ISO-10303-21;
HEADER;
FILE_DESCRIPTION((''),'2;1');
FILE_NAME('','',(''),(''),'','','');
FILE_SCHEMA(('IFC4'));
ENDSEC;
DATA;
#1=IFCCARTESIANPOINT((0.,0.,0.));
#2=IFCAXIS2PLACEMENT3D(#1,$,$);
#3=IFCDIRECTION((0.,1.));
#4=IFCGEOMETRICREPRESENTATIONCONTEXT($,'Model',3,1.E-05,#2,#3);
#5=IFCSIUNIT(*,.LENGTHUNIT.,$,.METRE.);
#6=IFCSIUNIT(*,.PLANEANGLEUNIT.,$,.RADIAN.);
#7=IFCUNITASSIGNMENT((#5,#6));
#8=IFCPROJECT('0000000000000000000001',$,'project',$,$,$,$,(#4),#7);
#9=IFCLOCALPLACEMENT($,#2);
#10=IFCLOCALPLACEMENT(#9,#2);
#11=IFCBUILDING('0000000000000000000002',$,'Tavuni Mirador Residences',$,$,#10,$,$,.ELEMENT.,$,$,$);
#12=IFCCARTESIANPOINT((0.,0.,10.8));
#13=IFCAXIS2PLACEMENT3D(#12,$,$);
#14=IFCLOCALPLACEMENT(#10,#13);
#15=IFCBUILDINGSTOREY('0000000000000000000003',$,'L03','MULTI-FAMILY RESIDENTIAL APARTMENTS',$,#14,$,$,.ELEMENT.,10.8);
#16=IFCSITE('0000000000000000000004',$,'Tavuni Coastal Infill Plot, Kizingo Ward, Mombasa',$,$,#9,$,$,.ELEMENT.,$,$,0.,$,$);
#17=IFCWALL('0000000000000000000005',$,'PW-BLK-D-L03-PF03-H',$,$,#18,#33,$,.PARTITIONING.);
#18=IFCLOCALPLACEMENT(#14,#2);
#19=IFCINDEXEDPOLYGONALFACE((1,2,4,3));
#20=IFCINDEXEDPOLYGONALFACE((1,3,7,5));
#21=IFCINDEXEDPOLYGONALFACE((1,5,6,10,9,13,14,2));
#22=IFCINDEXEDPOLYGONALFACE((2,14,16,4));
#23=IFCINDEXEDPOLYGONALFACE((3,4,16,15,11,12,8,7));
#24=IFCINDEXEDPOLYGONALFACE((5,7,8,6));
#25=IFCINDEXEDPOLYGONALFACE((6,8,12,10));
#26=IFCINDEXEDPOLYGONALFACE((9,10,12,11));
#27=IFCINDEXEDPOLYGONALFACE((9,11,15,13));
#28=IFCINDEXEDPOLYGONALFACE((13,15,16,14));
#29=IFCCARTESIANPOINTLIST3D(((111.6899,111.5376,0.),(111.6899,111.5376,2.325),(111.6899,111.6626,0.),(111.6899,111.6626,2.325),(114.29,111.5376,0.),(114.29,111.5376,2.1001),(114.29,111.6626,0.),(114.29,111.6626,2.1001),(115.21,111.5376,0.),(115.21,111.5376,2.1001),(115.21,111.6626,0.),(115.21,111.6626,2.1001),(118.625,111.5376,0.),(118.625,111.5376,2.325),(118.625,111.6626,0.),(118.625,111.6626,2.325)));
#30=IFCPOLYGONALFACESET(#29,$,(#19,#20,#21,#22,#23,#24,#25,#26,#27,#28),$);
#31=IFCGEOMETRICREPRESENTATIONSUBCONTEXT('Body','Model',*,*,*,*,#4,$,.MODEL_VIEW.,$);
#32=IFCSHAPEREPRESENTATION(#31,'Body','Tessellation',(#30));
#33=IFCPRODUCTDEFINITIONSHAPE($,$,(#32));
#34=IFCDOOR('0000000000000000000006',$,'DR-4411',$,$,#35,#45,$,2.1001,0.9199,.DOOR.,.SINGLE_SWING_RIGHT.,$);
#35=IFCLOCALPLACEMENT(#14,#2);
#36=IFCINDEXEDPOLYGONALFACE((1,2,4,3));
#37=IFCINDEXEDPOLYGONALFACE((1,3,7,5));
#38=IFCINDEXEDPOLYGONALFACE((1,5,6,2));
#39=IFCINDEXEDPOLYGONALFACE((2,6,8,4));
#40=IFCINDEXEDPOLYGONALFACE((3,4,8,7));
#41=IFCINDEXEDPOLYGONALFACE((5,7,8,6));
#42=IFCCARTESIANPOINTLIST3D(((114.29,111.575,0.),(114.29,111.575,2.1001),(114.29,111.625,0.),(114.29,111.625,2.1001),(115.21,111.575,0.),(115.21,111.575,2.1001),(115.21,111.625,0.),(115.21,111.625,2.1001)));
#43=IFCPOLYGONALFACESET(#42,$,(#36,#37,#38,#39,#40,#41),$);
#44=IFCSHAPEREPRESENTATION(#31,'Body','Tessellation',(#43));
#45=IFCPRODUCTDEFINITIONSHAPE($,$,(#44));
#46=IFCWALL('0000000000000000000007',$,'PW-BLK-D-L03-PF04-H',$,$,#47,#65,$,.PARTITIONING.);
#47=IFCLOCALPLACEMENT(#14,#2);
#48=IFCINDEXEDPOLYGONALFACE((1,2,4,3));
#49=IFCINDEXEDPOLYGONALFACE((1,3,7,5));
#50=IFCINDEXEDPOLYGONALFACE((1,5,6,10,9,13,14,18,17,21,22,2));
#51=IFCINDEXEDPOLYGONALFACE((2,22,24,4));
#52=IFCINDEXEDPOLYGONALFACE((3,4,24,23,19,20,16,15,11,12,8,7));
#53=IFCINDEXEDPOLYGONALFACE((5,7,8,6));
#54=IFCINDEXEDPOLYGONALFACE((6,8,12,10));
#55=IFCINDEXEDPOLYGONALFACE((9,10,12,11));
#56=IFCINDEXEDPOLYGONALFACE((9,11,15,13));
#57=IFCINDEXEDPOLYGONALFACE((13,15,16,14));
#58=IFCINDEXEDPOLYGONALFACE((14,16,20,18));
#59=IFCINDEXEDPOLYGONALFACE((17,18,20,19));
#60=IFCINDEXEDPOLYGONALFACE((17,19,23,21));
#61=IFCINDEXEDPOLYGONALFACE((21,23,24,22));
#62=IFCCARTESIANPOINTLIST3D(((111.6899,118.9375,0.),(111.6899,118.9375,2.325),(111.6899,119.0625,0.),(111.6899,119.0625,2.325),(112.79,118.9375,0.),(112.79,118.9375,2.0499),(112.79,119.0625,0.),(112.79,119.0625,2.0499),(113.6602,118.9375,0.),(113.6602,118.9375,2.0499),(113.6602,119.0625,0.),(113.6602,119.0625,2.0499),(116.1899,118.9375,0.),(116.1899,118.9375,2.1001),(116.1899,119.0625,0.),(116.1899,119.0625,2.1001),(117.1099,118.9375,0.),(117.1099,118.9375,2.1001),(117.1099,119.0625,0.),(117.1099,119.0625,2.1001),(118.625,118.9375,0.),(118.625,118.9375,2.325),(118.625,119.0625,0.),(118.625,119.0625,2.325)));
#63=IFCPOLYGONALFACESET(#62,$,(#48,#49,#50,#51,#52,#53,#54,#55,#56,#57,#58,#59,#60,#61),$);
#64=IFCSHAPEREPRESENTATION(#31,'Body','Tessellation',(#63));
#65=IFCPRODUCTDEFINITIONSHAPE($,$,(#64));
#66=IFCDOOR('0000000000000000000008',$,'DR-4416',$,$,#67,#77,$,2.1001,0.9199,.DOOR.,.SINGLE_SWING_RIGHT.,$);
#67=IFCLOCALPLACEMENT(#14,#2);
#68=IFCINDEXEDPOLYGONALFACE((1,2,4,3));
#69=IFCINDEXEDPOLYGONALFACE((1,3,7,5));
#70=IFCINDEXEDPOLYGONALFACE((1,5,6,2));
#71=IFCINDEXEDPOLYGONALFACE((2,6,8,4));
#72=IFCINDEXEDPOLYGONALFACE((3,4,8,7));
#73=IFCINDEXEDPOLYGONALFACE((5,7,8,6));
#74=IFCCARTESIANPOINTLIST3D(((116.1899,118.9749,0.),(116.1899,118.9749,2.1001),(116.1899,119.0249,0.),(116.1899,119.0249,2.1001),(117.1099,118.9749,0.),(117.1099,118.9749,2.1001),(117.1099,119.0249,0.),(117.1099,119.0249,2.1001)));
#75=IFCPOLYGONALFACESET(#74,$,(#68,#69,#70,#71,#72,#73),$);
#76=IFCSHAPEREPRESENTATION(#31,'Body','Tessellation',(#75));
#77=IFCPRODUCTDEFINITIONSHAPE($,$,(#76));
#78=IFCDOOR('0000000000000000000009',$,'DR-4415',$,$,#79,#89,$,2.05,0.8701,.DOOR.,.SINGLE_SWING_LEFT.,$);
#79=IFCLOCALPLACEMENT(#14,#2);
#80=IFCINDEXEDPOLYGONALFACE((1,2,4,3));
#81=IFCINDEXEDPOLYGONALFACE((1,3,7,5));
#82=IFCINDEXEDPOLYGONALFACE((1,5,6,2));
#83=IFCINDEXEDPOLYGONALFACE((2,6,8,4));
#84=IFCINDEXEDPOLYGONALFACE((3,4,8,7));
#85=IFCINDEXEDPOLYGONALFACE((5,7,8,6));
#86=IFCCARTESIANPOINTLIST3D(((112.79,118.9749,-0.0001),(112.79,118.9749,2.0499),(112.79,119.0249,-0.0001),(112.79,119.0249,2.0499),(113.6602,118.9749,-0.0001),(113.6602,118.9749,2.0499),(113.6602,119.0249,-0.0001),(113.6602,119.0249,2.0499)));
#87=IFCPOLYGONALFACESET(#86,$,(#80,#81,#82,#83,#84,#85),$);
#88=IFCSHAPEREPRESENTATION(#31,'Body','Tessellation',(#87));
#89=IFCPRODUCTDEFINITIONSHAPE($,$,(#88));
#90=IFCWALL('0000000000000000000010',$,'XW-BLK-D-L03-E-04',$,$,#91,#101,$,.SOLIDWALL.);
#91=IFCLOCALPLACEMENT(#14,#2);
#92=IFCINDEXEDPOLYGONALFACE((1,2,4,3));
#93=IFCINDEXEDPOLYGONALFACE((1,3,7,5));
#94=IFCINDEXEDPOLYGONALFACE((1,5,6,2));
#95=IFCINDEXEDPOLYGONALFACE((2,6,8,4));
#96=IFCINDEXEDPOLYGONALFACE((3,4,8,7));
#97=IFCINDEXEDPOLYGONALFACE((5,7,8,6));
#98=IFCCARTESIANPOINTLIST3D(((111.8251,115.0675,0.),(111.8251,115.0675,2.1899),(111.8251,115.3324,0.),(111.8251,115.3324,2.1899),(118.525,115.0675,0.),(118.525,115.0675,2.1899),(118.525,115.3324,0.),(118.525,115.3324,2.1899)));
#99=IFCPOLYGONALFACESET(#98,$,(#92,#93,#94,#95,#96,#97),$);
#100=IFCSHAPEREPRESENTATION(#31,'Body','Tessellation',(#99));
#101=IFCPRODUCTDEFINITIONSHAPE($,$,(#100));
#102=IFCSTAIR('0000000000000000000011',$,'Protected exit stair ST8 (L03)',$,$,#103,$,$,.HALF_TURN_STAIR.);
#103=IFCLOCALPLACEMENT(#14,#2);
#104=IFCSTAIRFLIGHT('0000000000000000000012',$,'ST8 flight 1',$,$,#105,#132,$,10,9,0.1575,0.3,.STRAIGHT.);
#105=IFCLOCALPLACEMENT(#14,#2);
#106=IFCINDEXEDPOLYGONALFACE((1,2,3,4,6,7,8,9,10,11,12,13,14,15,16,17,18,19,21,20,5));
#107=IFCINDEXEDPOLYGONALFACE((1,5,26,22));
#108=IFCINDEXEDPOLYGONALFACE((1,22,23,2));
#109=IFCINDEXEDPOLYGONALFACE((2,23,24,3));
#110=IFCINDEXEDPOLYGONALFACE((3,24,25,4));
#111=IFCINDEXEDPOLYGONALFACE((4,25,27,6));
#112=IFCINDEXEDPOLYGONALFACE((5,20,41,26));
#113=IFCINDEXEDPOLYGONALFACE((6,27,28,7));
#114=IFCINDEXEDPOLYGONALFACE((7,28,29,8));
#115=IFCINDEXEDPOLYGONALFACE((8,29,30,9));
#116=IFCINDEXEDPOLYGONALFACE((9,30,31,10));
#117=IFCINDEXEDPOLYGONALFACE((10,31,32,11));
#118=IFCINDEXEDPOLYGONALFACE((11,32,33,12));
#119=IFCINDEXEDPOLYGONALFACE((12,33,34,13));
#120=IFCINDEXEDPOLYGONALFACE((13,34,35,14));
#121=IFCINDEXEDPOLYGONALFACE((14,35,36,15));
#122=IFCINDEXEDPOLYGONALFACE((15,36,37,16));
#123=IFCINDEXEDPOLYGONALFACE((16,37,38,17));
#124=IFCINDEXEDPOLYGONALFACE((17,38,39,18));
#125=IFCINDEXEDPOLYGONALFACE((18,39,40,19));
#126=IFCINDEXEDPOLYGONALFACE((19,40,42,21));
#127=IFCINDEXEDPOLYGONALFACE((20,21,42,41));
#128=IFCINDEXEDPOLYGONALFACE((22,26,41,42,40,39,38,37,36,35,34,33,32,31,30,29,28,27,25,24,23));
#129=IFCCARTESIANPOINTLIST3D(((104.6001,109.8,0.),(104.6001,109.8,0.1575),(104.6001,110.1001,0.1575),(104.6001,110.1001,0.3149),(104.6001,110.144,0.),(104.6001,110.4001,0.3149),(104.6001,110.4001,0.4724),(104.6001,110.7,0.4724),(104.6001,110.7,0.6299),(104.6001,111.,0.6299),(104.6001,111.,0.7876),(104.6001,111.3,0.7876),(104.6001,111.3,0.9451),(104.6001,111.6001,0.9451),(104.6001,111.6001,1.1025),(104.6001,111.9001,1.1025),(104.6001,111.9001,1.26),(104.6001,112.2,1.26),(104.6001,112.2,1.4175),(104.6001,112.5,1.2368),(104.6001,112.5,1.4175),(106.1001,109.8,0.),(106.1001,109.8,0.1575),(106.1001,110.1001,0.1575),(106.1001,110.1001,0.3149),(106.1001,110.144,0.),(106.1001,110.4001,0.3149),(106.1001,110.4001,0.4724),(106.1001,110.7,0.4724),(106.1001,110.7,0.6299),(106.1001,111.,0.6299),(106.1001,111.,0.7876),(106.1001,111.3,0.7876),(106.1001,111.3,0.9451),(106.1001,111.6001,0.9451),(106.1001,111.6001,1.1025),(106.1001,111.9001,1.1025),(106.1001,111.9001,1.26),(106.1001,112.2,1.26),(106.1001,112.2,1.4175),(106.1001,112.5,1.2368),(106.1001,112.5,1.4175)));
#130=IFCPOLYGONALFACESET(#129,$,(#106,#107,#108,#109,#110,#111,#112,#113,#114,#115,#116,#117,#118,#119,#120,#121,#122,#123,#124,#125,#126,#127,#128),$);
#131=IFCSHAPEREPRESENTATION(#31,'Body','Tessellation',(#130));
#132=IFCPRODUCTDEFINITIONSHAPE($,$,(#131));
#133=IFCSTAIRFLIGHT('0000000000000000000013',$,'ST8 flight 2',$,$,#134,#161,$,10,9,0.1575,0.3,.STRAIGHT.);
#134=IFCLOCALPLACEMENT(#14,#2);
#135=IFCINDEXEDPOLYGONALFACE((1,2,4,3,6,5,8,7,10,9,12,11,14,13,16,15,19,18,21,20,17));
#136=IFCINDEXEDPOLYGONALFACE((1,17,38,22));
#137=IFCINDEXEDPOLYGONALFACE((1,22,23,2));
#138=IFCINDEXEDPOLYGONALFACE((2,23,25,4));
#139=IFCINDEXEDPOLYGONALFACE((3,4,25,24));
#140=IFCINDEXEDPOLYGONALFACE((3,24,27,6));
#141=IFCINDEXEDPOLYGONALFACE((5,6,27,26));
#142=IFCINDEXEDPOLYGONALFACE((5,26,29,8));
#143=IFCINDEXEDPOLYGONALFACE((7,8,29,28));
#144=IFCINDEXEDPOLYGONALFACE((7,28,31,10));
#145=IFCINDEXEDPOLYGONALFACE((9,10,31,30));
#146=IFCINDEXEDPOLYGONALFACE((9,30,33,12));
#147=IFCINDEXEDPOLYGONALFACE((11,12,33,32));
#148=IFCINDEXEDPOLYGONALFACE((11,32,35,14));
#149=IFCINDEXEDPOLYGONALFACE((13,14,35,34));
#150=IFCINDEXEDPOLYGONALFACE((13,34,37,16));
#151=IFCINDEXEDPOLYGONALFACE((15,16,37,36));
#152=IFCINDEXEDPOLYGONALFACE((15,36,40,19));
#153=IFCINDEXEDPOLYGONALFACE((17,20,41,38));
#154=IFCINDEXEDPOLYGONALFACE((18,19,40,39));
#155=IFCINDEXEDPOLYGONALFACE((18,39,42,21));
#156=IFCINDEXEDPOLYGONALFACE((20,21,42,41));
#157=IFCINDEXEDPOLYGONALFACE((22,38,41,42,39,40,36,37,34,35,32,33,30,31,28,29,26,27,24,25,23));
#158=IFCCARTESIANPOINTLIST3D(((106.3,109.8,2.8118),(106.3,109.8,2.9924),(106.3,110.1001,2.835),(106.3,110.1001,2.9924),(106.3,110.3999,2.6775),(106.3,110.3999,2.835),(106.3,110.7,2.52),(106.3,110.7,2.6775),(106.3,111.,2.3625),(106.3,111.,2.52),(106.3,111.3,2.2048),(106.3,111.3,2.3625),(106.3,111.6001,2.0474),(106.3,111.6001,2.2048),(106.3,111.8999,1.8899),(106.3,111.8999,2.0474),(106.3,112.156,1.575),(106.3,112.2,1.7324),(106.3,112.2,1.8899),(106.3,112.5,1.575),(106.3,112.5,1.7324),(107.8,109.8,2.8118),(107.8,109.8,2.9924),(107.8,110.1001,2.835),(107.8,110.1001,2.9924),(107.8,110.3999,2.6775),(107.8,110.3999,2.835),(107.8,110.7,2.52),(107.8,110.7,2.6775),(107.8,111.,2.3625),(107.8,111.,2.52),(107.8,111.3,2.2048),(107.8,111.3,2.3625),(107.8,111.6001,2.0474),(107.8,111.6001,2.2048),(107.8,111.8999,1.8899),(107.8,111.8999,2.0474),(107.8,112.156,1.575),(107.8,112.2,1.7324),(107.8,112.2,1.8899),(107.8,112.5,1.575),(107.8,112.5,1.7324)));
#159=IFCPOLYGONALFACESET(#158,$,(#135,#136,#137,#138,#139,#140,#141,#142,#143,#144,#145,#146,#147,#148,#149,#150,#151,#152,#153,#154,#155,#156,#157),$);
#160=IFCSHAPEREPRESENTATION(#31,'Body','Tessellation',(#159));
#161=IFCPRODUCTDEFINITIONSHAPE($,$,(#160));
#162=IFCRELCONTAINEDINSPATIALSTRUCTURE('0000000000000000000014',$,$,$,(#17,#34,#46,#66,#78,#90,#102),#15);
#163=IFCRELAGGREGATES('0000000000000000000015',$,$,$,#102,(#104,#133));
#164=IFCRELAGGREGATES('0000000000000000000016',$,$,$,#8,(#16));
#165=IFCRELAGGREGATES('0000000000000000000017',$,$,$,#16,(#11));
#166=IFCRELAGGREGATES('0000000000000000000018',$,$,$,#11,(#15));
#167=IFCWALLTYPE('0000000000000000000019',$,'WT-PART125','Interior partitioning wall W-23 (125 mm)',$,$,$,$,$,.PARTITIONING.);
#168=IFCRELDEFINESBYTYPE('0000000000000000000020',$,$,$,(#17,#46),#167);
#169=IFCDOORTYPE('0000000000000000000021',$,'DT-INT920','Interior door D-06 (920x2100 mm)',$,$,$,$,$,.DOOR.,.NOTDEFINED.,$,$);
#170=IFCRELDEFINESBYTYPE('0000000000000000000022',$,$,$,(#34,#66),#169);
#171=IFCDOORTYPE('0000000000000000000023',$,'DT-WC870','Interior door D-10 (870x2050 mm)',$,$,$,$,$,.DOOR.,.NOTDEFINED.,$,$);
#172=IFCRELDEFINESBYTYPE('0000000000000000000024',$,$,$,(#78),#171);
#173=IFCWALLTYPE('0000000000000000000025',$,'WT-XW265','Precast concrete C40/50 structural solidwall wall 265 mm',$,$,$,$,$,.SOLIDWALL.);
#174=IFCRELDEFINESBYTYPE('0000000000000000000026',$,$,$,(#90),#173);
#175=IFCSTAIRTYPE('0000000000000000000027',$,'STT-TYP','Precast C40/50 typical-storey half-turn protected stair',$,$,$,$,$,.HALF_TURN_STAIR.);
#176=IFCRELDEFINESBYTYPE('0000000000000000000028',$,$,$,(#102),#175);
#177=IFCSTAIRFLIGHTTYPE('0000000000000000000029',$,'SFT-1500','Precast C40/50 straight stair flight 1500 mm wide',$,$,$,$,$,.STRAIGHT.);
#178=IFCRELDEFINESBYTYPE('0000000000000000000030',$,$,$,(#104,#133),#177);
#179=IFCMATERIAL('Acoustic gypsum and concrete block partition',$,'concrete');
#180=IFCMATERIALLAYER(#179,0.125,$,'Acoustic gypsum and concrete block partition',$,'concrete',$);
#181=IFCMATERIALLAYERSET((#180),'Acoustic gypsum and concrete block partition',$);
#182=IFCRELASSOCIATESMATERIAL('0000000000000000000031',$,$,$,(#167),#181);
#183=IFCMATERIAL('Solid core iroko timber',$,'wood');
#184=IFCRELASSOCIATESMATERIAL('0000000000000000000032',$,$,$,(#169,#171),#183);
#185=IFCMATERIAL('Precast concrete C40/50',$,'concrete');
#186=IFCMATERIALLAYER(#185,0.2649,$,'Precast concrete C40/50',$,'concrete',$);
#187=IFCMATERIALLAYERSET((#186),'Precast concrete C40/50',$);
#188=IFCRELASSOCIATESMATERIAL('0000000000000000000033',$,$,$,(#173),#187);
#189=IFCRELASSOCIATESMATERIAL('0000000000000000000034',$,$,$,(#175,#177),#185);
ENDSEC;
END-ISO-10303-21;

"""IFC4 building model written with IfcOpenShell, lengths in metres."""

from ifc_helpers import new_model, si_unit, direction, frame, frame_2d, origin, place, context, subcontext, project, spatial, polyline, rectangle, outline, extrude, material, layer, layer_set, type_object, element, fill, aggregate, save


model = new_model("IFC4")

# Units and contexts
model_context = context("Model", 3, precision=1e-05, world=origin(), true_north=direction((0.0, 1.0)))
body_context = subcontext(model_context, "Body", "Model", "MODEL_VIEW")
ifc_project = project(units=[si_unit("LENGTHUNIT", "METRE"), si_unit("PLANEANGLEUNIT", "RADIAN")], contexts=[model_context])

# Site, building, storey
site_placement = place(None, origin())
site = spatial("IfcSite", under=ifc_project, at=site_placement, Name="Tavuni Coastal Infill Plot, Kizingo Ward, Mombasa", CompositionType="ELEMENT", RefElevation=0.0)
building_placement = place(site_placement, origin())
building = spatial("IfcBuilding", under=site, at=building_placement, Name="Tavuni Mirador Residences", CompositionType="ELEMENT")
storey_placement = place(building_placement, frame((0.0, 0.0, 10.8)))
storey = spatial("IfcBuildingStorey", under=building, at=storey_placement, Name="L03", Description="MULTI-FAMILY RESIDENTIAL APARTMENTS", CompositionType="ELEMENT", Elevation=10.8)

# Shared definitions
ifc_material_1 = material(Name="Precast concrete C40/50", Category="concrete")

# Shared definitions
ifc_material_2 = material(Name="Solid core iroko timber", Category="wood")

# Shared definitions
ifc_material_3 = material(Name="Acoustic gypsum and concrete block partition", Category="concrete")

# Wall, opening, door
ifc_layer_1 = layer(ifc_material_3, 0.125, Name="Acoustic gypsum and concrete block partition", Category="concrete")
ifc_layer_set_1 = layer_set([ifc_layer_1], Name="Acoustic gypsum and concrete block partition")
wall_type_1 = type_object("IfcWallType", Name="WT-PART125", Description="Interior partitioning wall W-23 (125 mm)", PredefinedType="PARTITIONING", material=ifc_layer_set_1)
wall_1_placement = place(storey_placement, frame((111.6899, 111.6001, 0.0), z_axis=(0.0, 0.0, 1.0), x_axis=(1.0, 0.0, 0.0)))
wall_1 = element("IfcWall", 1, at=wall_1_placement, inside=storey, type_object=wall_type_1, Name="PW-BLK-D-L03-PF03-H", PredefinedType="PARTITIONING", context=body_context, shape_type="SweptSolid", body=[
    extrude(rectangle(XDim=6.9351, YDim=0.125, at=frame_2d((3.4675, 0.0))), origin(), (0.0, 0.0, 1.0), 2.325),
])
opening_1_placement = place(wall_1_placement, frame((2.6001, 0.0, 0.0)))
opening_1 = element("IfcOpeningElement", 2, at=opening_1_placement, cuts=wall_1, PredefinedType="OPENING", context=body_context, shape_type="SweptSolid", body=[
    extrude(rectangle(XDim=0.9199, YDim=2.1001, at=frame_2d((0.46, 1.05))), frame((0.0, 0.0725, 0.0), z_axis=(0.0, -1.0, 0.0), x_axis=(1.0, 0.0, 0.0)), (0.0, 0.0, 1.0), 0.145),
])
door_type_1 = type_object("IfcDoorType", Name="DT-INT920", Description="Interior door D-06 (920x2100 mm)", OperationType="NOTDEFINED", PredefinedType="DOOR", material=ifc_material_2)
door_1_placement = place(opening_1_placement, origin())
door_1 = element("IfcDoor", 3, at=door_1_placement, inside=storey, type_object=door_type_1, Name="DR-4411", OperationType="SINGLE_SWING_RIGHT", OverallHeight=2.1001, OverallWidth=0.9199, PredefinedType="DOOR", context=body_context, shape_type="SweptSolid", body=[
    extrude(rectangle(XDim=0.9199, YDim=2.1001, at=frame_2d((0.46, 1.05))), frame((0.0, 0.0249, 0.0), z_axis=(0.0, -1.0, 0.0), x_axis=(1.0, 0.0, 0.0)), (0.0, 0.0, 1.0), 0.05),
])
fill(opening_1, door_1)

# Wall, openings, doors
wall_2_placement = place(storey_placement, frame((111.6899, 119.0, 0.0), z_axis=(0.0, 0.0, 1.0), x_axis=(1.0, 0.0, 0.0)))
wall_2 = element("IfcWall", 4, at=wall_2_placement, inside=storey, type_object=wall_type_1, Name="PW-BLK-D-L03-PF04-H", PredefinedType="PARTITIONING", context=body_context, shape_type="SweptSolid", body=[
    extrude(rectangle(XDim=6.9351, YDim=0.125, at=frame_2d((3.4675, 0.0))), origin(), (0.0, 0.0, 1.0), 2.325),
])
opening_2_placement = place(wall_2_placement, frame((1.1001, 0.0, 0.0)))
opening_2 = element("IfcOpeningElement", 5, at=opening_2_placement, cuts=wall_2, PredefinedType="OPENING", context=body_context, shape_type="SweptSolid", body=[
    extrude(rectangle(XDim=0.8701, YDim=2.05, at=frame_2d((0.4351, 1.0249))), frame((0.0, 0.0725, 0.0), z_axis=(0.0, -1.0, 0.0), x_axis=(1.0, 0.0, 0.0)), (0.0, 0.0, 1.0), 0.145),
])
opening_3_placement = place(wall_2_placement, frame((4.5, 0.0, 0.0)))
opening_3 = element("IfcOpeningElement", 6, at=opening_3_placement, cuts=wall_2, PredefinedType="OPENING", context=body_context, shape_type="SweptSolid", body=[
    extrude(rectangle(XDim=0.9199, YDim=2.1001, at=frame_2d((0.46, 1.05))), frame((0.0, 0.0725, 0.0), z_axis=(0.0, -1.0, 0.0), x_axis=(1.0, 0.0, 0.0)), (0.0, 0.0, 1.0), 0.145),
])
door_2_placement = place(opening_3_placement, origin())
door_2 = element("IfcDoor", 7, at=door_2_placement, inside=storey, type_object=door_type_1, Name="DR-4416", OperationType="SINGLE_SWING_RIGHT", OverallHeight=2.1001, OverallWidth=0.9199, PredefinedType="DOOR", context=body_context, shape_type="SweptSolid", body=[
    extrude(rectangle(XDim=0.9199, YDim=2.1001, at=frame_2d((0.46, 1.05))), frame((0.0, 0.0249, 0.0), z_axis=(0.0, -1.0, 0.0), x_axis=(1.0, 0.0, 0.0)), (0.0, 0.0, 1.0), 0.05),
])
fill(opening_3, door_2)
door_type_2 = type_object("IfcDoorType", Name="DT-WC870", Description="Interior door D-10 (870x2050 mm)", OperationType="NOTDEFINED", PredefinedType="DOOR", material=ifc_material_2)
door_3_placement = place(opening_2_placement, origin())
door_3 = element("IfcDoor", 8, at=door_3_placement, inside=storey, type_object=door_type_2, Name="DR-4415", OperationType="SINGLE_SWING_LEFT", OverallHeight=2.05, OverallWidth=0.8701, PredefinedType="DOOR", context=body_context, shape_type="SweptSolid", body=[
    extrude(rectangle(XDim=0.8701, YDim=2.05, at=frame_2d((0.4351, 1.0249))), frame((0.0, 0.0249, 0.0), z_axis=(0.0, -1.0, 0.0), x_axis=(1.0, 0.0, 0.0)), (0.0, 0.0, 1.0), 0.05),
])
fill(opening_2, door_3)

# Wall
ifc_layer_2 = layer(ifc_material_1, 0.2649, Name="Precast concrete C40/50", Category="concrete")
ifc_layer_set_2 = layer_set([ifc_layer_2], Name="Precast concrete C40/50")
wall_type_2 = type_object("IfcWallType", Name="WT-XW265", Description="Precast concrete C40/50 structural solidwall wall 265 mm", PredefinedType="SOLIDWALL", material=ifc_layer_set_2)
wall_3_placement = place(storey_placement, frame((111.825, 115.2, 0.0), z_axis=(0.0, 0.0, 1.0), x_axis=(1.0, 0.0, 0.0)))
element("IfcWall", 9, at=wall_3_placement, inside=storey, type_object=wall_type_2, Name="XW-BLK-D-L03-E-04", PredefinedType="SOLIDWALL", context=body_context, shape_type="SweptSolid", body=[
    extrude(rectangle(XDim=6.7, YDim=0.2649, at=frame_2d((3.3501, 0.0))), origin(), (0.0, 0.0, 1.0), 2.1899),
])

# Stair, stair flights
stair_type = type_object("IfcStairType", Name="STT-TYP", Description="Precast C40/50 typical-storey half-turn protected stair", PredefinedType="HALF_TURN_STAIR", material=ifc_material_1)
stair_placement = place(storey_placement, origin())
stair = element("IfcStair", 10, at=stair_placement, inside=storey, type_object=stair_type, Name="Protected exit stair ST8 (L03)", PredefinedType="HALF_TURN_STAIR")
stair_flight_type = type_object("IfcStairFlightType", Name="SFT-1500", Description="Precast C40/50 straight stair flight 1500 mm wide", PredefinedType="STRAIGHT", material=ifc_material_1)
stair_flight_1_placement = place(storey_placement, frame((105.3501, 109.8, 0.0), z_axis=(0.0, 0.0, 1.0), x_axis=(0.0, 1.0, 0.0)))
stair_flight_1 = element("IfcStairFlight", 11, at=stair_flight_1_placement, type_object=stair_flight_type, Name="ST8 flight 1", NumberOfRisers=10, NumberOfTreads=9, PredefinedType="STRAIGHT", RiserHeight=0.1575, TreadLength=0.3, context=body_context, shape_type="SweptSolid", body=[
    extrude(outline(polyline([(0.0, 0.0), (0.0, 0.1575), (0.3, 0.1575), (0.3, 0.3149), (0.6001, 0.3149), (0.6001, 0.4724), (0.8999, 0.4724), (0.8999, 0.6299), (1.2, 0.6299), (1.2, 0.7876), (1.5, 0.7876), (1.5, 0.9451), (1.8, 0.9451), (1.8, 1.1025), (2.1001, 1.1025), (2.1001, 1.26), (2.3999, 1.26), (2.3999, 1.4175), (2.7, 1.4175), (2.7, 1.575), (2.7, 1.2368), (0.344, 0.0), (0.0, 0.0)])), frame((0.0, 0.75, 0.0), z_axis=(0.0, -1.0, 0.0), x_axis=(1.0, 0.0, 0.0)), (0.0, 0.0, 1.0), 1.5),
])
stair_flight_2_placement = place(storey_placement, frame((107.05, 112.5, 1.575), z_axis=(0.0, 0.0, 1.0), x_axis=(0.0, -1.0, 0.0)))
stair_flight_2 = element("IfcStairFlight", 12, at=stair_flight_2_placement, type_object=stair_flight_type, Name="ST8 flight 2", NumberOfRisers=10, NumberOfTreads=9, PredefinedType="STRAIGHT", RiserHeight=0.1575, TreadLength=0.3, context=body_context, shape_type="SweptSolid", body=[
    extrude(outline(polyline([(0.0, 0.0), (0.0, 0.1575), (0.3, 0.1575), (0.3, 0.3149), (0.6001, 0.3149), (0.6001, 0.4724), (0.8999, 0.4724), (0.8999, 0.6299), (1.2, 0.6299), (1.2, 0.7876), (1.5, 0.7876), (1.5, 0.9451), (1.8, 0.9451), (1.8, 1.1025), (2.1001, 1.1025), (2.1001, 1.26), (2.3999, 1.26), (2.3999, 1.4175), (2.7, 1.4175), (2.7, 1.575), (2.7, 1.2368), (0.344, 0.0), (0.0, 0.0)])), frame((0.0, 0.75, 0.0), z_axis=(0.0, -1.0, 0.0), x_axis=(1.0, 0.0, 0.0)), (0.0, 0.0, 1.0), 1.5),
])
aggregate(stair, [stair_flight_1, stair_flight_2])

save(model, "model.ifc")
